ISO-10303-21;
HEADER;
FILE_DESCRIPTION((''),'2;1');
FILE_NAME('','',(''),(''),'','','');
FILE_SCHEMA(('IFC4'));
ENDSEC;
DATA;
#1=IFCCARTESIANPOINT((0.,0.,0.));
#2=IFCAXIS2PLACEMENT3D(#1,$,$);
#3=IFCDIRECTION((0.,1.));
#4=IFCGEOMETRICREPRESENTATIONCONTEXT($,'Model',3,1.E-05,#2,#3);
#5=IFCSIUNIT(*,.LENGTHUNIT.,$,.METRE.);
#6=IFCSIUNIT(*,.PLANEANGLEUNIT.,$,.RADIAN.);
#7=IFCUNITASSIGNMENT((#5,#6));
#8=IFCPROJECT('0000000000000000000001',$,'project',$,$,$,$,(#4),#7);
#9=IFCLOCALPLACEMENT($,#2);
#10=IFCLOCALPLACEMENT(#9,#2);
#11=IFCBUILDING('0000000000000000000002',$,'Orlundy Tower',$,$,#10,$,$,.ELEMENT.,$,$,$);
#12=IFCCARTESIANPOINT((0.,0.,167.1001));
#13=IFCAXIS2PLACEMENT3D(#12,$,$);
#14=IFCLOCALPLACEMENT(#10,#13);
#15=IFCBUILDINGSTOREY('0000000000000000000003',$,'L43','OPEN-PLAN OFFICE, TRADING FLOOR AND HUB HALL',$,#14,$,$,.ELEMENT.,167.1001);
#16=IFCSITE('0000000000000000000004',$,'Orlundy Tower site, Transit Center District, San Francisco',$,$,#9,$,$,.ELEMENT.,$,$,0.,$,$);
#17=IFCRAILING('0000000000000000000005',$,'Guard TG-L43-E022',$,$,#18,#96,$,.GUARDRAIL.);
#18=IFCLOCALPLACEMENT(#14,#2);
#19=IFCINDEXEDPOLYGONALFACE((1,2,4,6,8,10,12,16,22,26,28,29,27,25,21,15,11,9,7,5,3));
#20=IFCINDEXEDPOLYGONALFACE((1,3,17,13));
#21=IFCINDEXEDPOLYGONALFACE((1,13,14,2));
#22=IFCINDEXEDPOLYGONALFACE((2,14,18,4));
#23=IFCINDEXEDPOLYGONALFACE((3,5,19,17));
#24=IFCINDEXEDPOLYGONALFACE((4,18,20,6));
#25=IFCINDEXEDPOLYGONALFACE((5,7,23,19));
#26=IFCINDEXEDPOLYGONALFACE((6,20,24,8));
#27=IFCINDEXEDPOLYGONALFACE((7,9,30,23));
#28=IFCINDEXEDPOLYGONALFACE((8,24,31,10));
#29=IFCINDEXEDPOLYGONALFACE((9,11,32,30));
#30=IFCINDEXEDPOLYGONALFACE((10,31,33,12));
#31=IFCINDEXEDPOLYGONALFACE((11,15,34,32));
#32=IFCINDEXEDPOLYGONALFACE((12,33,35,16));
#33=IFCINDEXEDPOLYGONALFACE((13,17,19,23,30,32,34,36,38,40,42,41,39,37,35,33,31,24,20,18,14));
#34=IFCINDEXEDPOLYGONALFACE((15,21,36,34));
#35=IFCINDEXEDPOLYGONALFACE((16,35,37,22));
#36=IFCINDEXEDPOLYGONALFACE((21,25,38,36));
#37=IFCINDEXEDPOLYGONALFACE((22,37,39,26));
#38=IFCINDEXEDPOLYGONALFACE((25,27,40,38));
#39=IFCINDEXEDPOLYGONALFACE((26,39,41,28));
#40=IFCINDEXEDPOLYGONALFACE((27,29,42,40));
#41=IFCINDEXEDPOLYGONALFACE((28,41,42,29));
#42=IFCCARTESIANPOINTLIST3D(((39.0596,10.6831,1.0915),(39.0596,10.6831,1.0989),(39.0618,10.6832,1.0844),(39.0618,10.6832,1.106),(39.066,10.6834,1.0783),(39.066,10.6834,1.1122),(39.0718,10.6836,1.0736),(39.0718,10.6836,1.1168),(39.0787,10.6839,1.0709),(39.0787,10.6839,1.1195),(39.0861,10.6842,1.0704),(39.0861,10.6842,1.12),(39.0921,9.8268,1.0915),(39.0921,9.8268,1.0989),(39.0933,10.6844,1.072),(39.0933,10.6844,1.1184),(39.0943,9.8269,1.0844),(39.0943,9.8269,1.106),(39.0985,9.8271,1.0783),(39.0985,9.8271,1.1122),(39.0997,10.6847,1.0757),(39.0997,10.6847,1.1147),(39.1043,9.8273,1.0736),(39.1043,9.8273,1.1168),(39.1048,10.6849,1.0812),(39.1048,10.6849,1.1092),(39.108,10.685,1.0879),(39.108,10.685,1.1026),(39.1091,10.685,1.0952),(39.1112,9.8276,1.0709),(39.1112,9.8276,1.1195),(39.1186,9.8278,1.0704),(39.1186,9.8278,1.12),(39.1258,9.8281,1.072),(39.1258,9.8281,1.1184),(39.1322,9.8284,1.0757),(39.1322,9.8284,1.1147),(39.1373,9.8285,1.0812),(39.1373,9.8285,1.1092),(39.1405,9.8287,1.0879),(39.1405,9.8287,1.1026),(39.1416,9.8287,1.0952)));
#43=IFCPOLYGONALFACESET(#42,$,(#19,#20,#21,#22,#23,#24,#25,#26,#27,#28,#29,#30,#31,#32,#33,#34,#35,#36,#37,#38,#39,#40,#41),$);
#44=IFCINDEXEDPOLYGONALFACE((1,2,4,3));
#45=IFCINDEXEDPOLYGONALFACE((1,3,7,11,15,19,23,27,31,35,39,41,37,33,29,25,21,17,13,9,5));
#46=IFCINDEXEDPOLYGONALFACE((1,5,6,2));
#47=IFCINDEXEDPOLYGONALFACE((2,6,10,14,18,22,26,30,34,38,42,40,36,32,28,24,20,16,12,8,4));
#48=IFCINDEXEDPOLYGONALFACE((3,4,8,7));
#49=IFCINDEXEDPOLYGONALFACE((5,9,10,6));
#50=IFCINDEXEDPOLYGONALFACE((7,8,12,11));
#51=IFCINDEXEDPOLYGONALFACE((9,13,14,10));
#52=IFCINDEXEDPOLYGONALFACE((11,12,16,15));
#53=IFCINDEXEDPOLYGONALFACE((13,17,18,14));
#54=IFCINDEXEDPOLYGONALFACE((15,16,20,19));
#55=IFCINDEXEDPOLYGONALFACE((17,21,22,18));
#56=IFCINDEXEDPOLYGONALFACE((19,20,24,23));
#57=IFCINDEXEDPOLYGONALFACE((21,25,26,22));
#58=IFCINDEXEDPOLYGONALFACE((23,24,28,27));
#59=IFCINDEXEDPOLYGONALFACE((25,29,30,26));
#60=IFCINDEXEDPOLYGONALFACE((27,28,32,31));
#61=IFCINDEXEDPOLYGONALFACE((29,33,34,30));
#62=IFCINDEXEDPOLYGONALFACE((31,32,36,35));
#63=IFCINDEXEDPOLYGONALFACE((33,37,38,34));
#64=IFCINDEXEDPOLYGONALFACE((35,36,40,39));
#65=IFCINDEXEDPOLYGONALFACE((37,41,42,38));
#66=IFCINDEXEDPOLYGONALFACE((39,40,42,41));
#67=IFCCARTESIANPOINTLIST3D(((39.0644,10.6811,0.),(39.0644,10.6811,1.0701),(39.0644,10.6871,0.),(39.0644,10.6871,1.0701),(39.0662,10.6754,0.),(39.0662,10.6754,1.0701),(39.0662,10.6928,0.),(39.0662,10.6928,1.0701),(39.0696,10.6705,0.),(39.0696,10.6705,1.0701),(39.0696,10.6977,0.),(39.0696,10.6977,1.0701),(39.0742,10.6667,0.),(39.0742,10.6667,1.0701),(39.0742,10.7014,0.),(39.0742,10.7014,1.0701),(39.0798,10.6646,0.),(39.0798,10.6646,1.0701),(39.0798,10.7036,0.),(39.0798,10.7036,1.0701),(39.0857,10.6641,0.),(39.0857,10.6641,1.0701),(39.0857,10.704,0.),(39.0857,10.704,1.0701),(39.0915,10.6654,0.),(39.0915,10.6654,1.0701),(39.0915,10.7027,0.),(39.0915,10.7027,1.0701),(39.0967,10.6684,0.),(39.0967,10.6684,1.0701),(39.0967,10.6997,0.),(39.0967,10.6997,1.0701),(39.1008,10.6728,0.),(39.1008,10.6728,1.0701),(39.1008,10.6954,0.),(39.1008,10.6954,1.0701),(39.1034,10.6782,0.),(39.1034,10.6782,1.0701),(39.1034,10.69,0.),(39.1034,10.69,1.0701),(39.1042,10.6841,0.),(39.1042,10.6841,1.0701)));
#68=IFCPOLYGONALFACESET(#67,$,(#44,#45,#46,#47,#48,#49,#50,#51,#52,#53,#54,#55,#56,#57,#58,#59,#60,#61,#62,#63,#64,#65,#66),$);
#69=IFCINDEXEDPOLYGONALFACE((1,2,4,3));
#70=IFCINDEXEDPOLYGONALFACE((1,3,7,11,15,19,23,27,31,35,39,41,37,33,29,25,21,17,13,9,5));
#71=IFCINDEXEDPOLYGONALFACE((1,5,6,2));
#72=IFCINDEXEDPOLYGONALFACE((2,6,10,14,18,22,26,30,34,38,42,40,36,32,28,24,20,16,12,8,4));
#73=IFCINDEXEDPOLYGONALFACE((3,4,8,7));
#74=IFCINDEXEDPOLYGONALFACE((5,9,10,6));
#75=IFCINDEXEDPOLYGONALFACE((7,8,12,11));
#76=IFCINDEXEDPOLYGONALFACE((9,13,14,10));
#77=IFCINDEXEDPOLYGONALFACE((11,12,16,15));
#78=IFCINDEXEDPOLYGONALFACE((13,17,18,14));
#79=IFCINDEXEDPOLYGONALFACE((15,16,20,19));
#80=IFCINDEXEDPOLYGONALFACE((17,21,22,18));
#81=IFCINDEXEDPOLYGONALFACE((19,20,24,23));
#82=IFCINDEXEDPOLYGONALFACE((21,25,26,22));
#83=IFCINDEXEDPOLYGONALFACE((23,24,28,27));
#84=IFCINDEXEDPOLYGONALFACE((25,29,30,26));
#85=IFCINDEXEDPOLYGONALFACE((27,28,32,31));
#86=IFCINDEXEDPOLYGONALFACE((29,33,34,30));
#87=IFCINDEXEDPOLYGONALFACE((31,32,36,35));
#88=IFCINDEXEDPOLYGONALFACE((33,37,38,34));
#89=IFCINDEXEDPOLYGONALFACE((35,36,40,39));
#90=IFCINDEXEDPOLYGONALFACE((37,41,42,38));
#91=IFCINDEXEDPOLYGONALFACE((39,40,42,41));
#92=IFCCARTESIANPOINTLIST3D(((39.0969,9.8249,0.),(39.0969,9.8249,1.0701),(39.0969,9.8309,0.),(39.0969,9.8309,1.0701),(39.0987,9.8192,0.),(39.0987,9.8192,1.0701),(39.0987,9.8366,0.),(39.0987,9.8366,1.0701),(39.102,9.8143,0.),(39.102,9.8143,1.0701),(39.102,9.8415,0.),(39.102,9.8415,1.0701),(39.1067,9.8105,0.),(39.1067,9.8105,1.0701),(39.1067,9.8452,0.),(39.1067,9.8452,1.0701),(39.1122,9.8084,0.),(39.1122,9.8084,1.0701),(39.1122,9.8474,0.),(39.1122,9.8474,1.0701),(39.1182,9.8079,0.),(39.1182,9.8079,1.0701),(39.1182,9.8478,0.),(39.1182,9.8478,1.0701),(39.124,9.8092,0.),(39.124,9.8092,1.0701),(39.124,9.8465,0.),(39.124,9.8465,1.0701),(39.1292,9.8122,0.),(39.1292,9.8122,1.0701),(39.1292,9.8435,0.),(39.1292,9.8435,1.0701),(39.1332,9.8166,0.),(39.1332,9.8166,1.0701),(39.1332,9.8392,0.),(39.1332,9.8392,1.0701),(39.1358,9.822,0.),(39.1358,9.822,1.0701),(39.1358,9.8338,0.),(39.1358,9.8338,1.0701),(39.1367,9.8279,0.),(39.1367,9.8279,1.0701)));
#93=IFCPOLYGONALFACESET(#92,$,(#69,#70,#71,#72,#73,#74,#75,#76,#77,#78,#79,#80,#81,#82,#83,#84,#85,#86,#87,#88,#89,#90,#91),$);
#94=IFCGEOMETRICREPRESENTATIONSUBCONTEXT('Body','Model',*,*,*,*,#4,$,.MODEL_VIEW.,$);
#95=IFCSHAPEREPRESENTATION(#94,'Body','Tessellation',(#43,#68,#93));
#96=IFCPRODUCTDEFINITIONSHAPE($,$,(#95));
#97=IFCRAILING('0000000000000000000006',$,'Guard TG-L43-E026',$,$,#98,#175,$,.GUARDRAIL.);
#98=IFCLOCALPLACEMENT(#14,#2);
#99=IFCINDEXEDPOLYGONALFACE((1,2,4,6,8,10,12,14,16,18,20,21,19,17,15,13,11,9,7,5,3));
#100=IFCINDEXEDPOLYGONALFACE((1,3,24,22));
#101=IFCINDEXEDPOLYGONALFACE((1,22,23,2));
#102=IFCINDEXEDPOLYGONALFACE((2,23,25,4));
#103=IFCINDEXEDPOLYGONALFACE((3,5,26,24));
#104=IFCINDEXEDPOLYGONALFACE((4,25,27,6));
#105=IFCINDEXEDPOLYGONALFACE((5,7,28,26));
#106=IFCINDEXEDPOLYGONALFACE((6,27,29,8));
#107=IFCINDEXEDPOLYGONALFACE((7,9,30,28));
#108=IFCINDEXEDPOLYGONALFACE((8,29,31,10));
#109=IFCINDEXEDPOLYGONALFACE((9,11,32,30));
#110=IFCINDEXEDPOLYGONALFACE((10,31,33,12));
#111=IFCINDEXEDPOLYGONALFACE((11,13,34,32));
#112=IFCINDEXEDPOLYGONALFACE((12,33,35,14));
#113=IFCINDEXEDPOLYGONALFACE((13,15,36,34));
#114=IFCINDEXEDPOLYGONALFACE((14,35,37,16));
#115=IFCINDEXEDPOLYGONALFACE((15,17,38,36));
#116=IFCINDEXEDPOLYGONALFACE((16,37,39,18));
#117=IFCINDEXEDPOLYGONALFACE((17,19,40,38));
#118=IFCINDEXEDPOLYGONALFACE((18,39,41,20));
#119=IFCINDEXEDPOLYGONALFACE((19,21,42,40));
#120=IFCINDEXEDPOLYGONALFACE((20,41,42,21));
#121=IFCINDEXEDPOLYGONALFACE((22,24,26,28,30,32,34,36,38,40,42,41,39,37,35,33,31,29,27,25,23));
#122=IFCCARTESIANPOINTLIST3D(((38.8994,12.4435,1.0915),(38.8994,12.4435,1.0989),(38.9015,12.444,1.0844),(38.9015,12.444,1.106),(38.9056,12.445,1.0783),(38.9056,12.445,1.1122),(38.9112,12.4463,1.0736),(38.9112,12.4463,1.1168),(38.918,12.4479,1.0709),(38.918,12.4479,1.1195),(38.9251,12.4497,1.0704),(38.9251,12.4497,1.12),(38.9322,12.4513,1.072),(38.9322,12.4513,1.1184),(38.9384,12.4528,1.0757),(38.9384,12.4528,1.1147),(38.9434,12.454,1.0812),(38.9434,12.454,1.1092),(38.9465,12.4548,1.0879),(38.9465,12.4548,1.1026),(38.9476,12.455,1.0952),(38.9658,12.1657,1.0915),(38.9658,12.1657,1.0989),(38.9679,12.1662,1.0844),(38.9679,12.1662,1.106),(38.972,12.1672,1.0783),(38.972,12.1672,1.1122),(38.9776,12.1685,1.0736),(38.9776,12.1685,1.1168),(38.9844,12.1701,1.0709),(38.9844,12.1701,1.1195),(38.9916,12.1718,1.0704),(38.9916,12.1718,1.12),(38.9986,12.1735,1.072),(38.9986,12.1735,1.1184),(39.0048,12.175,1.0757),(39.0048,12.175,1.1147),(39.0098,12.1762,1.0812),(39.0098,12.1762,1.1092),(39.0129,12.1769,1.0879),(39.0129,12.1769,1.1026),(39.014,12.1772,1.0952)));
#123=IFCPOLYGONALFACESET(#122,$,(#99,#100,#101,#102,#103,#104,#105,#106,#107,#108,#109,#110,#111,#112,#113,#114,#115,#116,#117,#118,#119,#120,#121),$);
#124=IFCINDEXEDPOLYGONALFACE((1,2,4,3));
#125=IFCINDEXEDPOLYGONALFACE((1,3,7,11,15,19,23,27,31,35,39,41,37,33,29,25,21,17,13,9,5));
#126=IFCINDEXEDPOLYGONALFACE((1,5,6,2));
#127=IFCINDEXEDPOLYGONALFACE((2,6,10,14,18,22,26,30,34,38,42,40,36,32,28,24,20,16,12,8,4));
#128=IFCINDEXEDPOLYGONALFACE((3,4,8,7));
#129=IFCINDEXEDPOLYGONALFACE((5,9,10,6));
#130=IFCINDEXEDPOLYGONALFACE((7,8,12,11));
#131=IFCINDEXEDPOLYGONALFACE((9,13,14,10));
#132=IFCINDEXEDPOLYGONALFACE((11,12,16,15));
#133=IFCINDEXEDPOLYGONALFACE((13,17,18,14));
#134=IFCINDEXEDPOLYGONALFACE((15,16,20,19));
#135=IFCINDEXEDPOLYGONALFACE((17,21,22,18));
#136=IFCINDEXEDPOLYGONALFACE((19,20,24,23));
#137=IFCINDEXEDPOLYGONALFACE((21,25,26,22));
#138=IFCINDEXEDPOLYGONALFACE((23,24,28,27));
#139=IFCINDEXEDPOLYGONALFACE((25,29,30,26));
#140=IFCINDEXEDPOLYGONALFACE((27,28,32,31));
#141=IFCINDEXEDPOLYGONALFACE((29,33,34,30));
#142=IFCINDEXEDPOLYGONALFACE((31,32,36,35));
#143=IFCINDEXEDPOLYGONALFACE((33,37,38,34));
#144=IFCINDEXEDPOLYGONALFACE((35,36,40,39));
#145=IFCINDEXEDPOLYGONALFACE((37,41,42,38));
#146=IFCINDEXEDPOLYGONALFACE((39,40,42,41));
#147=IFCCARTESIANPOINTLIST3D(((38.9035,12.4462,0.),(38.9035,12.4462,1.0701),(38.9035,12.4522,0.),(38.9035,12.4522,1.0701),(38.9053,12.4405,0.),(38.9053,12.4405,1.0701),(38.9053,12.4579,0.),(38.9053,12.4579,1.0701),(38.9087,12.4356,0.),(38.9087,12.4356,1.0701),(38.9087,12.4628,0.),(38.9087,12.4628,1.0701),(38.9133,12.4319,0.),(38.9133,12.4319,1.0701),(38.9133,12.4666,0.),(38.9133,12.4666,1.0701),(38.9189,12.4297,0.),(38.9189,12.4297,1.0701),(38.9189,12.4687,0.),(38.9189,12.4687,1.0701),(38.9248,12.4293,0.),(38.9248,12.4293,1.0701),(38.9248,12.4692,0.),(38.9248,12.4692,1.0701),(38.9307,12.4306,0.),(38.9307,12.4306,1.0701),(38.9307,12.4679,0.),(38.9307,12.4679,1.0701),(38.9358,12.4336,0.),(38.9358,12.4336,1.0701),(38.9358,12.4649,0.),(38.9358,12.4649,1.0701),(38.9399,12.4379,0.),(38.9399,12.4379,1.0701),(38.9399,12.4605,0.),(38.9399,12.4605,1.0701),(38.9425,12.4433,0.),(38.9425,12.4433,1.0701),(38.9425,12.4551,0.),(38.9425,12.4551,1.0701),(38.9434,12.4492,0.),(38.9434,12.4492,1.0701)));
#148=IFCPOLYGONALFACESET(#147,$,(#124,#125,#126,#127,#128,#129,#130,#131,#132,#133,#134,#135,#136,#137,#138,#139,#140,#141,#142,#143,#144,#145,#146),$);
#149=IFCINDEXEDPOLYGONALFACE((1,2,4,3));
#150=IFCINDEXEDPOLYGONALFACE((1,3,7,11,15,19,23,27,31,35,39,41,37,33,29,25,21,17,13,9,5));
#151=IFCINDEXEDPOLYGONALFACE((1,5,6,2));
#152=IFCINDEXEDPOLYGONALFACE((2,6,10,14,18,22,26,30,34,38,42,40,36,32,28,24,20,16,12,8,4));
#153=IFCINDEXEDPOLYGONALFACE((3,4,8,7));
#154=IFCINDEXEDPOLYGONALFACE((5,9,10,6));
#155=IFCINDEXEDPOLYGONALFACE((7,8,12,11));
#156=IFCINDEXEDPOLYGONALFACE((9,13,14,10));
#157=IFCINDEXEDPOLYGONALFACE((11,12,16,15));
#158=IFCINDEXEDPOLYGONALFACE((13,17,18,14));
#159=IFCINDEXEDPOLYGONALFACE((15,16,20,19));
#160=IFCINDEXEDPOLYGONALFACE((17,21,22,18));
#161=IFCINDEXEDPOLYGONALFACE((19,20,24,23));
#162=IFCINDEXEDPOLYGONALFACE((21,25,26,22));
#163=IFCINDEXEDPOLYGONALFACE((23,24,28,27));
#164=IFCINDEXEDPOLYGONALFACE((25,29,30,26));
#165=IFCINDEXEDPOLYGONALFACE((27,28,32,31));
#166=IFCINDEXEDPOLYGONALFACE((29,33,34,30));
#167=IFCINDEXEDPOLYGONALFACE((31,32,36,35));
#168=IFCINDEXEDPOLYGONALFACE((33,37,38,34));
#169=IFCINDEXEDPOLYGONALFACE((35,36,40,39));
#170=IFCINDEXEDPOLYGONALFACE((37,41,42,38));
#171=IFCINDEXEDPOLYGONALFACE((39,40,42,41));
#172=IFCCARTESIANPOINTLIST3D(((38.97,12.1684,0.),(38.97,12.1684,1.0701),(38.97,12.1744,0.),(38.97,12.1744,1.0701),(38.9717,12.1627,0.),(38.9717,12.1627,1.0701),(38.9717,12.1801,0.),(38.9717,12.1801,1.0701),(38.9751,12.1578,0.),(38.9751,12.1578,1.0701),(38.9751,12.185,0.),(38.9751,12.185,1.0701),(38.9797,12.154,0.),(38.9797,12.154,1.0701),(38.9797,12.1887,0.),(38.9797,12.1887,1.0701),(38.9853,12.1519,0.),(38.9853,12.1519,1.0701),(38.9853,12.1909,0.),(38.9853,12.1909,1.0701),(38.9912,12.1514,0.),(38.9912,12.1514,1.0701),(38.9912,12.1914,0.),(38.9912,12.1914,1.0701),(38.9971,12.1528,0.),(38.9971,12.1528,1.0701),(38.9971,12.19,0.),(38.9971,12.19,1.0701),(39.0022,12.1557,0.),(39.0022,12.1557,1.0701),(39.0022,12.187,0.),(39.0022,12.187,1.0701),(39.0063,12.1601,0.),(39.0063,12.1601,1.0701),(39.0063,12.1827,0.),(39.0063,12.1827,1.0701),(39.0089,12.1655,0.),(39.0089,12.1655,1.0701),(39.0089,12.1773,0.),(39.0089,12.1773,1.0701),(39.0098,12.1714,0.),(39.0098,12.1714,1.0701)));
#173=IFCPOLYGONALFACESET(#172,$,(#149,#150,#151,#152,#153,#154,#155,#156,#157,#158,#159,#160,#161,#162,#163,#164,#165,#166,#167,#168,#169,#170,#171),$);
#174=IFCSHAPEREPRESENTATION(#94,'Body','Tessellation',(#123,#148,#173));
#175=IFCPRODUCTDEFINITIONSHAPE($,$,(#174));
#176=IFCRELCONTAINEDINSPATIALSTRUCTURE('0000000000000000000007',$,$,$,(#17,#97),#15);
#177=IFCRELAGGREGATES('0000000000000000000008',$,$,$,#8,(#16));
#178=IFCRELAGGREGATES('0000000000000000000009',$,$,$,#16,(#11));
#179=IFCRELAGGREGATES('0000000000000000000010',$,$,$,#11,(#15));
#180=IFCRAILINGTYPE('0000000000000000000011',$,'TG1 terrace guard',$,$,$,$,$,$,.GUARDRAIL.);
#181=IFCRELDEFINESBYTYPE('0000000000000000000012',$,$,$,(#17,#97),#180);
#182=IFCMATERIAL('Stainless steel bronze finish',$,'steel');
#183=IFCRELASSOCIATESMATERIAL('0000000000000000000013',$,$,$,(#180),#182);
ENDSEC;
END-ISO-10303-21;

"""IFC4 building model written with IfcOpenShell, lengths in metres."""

from ifc_helpers import new_model, si_unit, direction, frame, origin, origin_2d, place, context, subcontext, project, spatial, circle, extrude, material, type_object, element, save


model = new_model("IFC4")

# Units and contexts
model_context = context("Model", 3, precision=1e-05, world=origin(), true_north=direction((0.0, 1.0)))
body_context = subcontext(model_context, "Body", "Model", "MODEL_VIEW")
ifc_project = project(units=[si_unit("LENGTHUNIT", "METRE"), si_unit("PLANEANGLEUNIT", "RADIAN")], contexts=[model_context])

# Site, building, storey
site_placement = place(None, origin())
site = spatial("IfcSite", under=ifc_project, at=site_placement, Name="Orlundy Tower site, Transit Center District, San Francisco", CompositionType="ELEMENT", RefElevation=0.0)
building_placement = place(site_placement, origin())
building = spatial("IfcBuilding", under=site, at=building_placement, Name="Orlundy Tower", CompositionType="ELEMENT")
storey_placement = place(building_placement, frame((0.0, 0.0, 167.1001)))
storey = spatial("IfcBuildingStorey", under=building, at=storey_placement, Name="L43", Description="OPEN-PLAN OFFICE, TRADING FLOOR AND HUB HALL", CompositionType="ELEMENT", Elevation=167.1001)

# Railings
ifc_material_1 = material(Name="Stainless steel bronze finish", Category="steel")
railing_type = type_object("IfcRailingType", Name="TG1 terrace guard", PredefinedType="GUARDRAIL", material=ifc_material_1)
railing_1_placement = place(storey_placement, frame((39.0842, 10.6841, 0.0)))
element("IfcRailing", 1, at=railing_1_placement, inside=storey, type_object=railing_type, Name="Guard TG-L43-E022", PredefinedType="GUARDRAIL", context=body_context, shape_type="SweptSolid", body=[
    extrude(circle(Radius=0.0249, at=origin_2d()), frame((0.0, 0.0, 1.0952), z_axis=(0.037897, -0.999282, 0.0), x_axis=(0.999282, 0.037897, 0.0)), (0.0, 0.0, 1.0), 0.8569),
    extrude(circle(Radius=0.02, at=origin_2d()), origin(), (0.0, 0.0, 1.0), 1.0701),
    extrude(circle(Radius=0.02, at=origin_2d()), frame((0.0325, -0.8562, 0.0)), (0.0, 0.0, 1.0), 1.0701),
])
railing_2_placement = place(storey_placement, frame((38.9233, 12.4492, 0.0)))
element("IfcRailing", 2, at=railing_2_placement, inside=storey, type_object=railing_type, Name="Guard TG-L43-E026", PredefinedType="GUARDRAIL", context=body_context, shape_type="SweptSolid", body=[
    extrude(circle(Radius=0.0249, at=origin_2d()), frame((0.0, 0.0, 1.0952), z_axis=(0.232468, -0.972604, 0.0), x_axis=(0.972604, 0.232468, 0.0)), (0.0, 0.0, 1.0), 0.2856),
    extrude(circle(Radius=0.02, at=origin_2d()), origin(), (0.0, 0.0, 1.0), 1.0701),
    extrude(circle(Radius=0.02, at=origin_2d()), frame((0.0664, -0.2778, 0.0)), (0.0, 0.0, 1.0), 1.0701),
])

save(model, "model.ifc")
